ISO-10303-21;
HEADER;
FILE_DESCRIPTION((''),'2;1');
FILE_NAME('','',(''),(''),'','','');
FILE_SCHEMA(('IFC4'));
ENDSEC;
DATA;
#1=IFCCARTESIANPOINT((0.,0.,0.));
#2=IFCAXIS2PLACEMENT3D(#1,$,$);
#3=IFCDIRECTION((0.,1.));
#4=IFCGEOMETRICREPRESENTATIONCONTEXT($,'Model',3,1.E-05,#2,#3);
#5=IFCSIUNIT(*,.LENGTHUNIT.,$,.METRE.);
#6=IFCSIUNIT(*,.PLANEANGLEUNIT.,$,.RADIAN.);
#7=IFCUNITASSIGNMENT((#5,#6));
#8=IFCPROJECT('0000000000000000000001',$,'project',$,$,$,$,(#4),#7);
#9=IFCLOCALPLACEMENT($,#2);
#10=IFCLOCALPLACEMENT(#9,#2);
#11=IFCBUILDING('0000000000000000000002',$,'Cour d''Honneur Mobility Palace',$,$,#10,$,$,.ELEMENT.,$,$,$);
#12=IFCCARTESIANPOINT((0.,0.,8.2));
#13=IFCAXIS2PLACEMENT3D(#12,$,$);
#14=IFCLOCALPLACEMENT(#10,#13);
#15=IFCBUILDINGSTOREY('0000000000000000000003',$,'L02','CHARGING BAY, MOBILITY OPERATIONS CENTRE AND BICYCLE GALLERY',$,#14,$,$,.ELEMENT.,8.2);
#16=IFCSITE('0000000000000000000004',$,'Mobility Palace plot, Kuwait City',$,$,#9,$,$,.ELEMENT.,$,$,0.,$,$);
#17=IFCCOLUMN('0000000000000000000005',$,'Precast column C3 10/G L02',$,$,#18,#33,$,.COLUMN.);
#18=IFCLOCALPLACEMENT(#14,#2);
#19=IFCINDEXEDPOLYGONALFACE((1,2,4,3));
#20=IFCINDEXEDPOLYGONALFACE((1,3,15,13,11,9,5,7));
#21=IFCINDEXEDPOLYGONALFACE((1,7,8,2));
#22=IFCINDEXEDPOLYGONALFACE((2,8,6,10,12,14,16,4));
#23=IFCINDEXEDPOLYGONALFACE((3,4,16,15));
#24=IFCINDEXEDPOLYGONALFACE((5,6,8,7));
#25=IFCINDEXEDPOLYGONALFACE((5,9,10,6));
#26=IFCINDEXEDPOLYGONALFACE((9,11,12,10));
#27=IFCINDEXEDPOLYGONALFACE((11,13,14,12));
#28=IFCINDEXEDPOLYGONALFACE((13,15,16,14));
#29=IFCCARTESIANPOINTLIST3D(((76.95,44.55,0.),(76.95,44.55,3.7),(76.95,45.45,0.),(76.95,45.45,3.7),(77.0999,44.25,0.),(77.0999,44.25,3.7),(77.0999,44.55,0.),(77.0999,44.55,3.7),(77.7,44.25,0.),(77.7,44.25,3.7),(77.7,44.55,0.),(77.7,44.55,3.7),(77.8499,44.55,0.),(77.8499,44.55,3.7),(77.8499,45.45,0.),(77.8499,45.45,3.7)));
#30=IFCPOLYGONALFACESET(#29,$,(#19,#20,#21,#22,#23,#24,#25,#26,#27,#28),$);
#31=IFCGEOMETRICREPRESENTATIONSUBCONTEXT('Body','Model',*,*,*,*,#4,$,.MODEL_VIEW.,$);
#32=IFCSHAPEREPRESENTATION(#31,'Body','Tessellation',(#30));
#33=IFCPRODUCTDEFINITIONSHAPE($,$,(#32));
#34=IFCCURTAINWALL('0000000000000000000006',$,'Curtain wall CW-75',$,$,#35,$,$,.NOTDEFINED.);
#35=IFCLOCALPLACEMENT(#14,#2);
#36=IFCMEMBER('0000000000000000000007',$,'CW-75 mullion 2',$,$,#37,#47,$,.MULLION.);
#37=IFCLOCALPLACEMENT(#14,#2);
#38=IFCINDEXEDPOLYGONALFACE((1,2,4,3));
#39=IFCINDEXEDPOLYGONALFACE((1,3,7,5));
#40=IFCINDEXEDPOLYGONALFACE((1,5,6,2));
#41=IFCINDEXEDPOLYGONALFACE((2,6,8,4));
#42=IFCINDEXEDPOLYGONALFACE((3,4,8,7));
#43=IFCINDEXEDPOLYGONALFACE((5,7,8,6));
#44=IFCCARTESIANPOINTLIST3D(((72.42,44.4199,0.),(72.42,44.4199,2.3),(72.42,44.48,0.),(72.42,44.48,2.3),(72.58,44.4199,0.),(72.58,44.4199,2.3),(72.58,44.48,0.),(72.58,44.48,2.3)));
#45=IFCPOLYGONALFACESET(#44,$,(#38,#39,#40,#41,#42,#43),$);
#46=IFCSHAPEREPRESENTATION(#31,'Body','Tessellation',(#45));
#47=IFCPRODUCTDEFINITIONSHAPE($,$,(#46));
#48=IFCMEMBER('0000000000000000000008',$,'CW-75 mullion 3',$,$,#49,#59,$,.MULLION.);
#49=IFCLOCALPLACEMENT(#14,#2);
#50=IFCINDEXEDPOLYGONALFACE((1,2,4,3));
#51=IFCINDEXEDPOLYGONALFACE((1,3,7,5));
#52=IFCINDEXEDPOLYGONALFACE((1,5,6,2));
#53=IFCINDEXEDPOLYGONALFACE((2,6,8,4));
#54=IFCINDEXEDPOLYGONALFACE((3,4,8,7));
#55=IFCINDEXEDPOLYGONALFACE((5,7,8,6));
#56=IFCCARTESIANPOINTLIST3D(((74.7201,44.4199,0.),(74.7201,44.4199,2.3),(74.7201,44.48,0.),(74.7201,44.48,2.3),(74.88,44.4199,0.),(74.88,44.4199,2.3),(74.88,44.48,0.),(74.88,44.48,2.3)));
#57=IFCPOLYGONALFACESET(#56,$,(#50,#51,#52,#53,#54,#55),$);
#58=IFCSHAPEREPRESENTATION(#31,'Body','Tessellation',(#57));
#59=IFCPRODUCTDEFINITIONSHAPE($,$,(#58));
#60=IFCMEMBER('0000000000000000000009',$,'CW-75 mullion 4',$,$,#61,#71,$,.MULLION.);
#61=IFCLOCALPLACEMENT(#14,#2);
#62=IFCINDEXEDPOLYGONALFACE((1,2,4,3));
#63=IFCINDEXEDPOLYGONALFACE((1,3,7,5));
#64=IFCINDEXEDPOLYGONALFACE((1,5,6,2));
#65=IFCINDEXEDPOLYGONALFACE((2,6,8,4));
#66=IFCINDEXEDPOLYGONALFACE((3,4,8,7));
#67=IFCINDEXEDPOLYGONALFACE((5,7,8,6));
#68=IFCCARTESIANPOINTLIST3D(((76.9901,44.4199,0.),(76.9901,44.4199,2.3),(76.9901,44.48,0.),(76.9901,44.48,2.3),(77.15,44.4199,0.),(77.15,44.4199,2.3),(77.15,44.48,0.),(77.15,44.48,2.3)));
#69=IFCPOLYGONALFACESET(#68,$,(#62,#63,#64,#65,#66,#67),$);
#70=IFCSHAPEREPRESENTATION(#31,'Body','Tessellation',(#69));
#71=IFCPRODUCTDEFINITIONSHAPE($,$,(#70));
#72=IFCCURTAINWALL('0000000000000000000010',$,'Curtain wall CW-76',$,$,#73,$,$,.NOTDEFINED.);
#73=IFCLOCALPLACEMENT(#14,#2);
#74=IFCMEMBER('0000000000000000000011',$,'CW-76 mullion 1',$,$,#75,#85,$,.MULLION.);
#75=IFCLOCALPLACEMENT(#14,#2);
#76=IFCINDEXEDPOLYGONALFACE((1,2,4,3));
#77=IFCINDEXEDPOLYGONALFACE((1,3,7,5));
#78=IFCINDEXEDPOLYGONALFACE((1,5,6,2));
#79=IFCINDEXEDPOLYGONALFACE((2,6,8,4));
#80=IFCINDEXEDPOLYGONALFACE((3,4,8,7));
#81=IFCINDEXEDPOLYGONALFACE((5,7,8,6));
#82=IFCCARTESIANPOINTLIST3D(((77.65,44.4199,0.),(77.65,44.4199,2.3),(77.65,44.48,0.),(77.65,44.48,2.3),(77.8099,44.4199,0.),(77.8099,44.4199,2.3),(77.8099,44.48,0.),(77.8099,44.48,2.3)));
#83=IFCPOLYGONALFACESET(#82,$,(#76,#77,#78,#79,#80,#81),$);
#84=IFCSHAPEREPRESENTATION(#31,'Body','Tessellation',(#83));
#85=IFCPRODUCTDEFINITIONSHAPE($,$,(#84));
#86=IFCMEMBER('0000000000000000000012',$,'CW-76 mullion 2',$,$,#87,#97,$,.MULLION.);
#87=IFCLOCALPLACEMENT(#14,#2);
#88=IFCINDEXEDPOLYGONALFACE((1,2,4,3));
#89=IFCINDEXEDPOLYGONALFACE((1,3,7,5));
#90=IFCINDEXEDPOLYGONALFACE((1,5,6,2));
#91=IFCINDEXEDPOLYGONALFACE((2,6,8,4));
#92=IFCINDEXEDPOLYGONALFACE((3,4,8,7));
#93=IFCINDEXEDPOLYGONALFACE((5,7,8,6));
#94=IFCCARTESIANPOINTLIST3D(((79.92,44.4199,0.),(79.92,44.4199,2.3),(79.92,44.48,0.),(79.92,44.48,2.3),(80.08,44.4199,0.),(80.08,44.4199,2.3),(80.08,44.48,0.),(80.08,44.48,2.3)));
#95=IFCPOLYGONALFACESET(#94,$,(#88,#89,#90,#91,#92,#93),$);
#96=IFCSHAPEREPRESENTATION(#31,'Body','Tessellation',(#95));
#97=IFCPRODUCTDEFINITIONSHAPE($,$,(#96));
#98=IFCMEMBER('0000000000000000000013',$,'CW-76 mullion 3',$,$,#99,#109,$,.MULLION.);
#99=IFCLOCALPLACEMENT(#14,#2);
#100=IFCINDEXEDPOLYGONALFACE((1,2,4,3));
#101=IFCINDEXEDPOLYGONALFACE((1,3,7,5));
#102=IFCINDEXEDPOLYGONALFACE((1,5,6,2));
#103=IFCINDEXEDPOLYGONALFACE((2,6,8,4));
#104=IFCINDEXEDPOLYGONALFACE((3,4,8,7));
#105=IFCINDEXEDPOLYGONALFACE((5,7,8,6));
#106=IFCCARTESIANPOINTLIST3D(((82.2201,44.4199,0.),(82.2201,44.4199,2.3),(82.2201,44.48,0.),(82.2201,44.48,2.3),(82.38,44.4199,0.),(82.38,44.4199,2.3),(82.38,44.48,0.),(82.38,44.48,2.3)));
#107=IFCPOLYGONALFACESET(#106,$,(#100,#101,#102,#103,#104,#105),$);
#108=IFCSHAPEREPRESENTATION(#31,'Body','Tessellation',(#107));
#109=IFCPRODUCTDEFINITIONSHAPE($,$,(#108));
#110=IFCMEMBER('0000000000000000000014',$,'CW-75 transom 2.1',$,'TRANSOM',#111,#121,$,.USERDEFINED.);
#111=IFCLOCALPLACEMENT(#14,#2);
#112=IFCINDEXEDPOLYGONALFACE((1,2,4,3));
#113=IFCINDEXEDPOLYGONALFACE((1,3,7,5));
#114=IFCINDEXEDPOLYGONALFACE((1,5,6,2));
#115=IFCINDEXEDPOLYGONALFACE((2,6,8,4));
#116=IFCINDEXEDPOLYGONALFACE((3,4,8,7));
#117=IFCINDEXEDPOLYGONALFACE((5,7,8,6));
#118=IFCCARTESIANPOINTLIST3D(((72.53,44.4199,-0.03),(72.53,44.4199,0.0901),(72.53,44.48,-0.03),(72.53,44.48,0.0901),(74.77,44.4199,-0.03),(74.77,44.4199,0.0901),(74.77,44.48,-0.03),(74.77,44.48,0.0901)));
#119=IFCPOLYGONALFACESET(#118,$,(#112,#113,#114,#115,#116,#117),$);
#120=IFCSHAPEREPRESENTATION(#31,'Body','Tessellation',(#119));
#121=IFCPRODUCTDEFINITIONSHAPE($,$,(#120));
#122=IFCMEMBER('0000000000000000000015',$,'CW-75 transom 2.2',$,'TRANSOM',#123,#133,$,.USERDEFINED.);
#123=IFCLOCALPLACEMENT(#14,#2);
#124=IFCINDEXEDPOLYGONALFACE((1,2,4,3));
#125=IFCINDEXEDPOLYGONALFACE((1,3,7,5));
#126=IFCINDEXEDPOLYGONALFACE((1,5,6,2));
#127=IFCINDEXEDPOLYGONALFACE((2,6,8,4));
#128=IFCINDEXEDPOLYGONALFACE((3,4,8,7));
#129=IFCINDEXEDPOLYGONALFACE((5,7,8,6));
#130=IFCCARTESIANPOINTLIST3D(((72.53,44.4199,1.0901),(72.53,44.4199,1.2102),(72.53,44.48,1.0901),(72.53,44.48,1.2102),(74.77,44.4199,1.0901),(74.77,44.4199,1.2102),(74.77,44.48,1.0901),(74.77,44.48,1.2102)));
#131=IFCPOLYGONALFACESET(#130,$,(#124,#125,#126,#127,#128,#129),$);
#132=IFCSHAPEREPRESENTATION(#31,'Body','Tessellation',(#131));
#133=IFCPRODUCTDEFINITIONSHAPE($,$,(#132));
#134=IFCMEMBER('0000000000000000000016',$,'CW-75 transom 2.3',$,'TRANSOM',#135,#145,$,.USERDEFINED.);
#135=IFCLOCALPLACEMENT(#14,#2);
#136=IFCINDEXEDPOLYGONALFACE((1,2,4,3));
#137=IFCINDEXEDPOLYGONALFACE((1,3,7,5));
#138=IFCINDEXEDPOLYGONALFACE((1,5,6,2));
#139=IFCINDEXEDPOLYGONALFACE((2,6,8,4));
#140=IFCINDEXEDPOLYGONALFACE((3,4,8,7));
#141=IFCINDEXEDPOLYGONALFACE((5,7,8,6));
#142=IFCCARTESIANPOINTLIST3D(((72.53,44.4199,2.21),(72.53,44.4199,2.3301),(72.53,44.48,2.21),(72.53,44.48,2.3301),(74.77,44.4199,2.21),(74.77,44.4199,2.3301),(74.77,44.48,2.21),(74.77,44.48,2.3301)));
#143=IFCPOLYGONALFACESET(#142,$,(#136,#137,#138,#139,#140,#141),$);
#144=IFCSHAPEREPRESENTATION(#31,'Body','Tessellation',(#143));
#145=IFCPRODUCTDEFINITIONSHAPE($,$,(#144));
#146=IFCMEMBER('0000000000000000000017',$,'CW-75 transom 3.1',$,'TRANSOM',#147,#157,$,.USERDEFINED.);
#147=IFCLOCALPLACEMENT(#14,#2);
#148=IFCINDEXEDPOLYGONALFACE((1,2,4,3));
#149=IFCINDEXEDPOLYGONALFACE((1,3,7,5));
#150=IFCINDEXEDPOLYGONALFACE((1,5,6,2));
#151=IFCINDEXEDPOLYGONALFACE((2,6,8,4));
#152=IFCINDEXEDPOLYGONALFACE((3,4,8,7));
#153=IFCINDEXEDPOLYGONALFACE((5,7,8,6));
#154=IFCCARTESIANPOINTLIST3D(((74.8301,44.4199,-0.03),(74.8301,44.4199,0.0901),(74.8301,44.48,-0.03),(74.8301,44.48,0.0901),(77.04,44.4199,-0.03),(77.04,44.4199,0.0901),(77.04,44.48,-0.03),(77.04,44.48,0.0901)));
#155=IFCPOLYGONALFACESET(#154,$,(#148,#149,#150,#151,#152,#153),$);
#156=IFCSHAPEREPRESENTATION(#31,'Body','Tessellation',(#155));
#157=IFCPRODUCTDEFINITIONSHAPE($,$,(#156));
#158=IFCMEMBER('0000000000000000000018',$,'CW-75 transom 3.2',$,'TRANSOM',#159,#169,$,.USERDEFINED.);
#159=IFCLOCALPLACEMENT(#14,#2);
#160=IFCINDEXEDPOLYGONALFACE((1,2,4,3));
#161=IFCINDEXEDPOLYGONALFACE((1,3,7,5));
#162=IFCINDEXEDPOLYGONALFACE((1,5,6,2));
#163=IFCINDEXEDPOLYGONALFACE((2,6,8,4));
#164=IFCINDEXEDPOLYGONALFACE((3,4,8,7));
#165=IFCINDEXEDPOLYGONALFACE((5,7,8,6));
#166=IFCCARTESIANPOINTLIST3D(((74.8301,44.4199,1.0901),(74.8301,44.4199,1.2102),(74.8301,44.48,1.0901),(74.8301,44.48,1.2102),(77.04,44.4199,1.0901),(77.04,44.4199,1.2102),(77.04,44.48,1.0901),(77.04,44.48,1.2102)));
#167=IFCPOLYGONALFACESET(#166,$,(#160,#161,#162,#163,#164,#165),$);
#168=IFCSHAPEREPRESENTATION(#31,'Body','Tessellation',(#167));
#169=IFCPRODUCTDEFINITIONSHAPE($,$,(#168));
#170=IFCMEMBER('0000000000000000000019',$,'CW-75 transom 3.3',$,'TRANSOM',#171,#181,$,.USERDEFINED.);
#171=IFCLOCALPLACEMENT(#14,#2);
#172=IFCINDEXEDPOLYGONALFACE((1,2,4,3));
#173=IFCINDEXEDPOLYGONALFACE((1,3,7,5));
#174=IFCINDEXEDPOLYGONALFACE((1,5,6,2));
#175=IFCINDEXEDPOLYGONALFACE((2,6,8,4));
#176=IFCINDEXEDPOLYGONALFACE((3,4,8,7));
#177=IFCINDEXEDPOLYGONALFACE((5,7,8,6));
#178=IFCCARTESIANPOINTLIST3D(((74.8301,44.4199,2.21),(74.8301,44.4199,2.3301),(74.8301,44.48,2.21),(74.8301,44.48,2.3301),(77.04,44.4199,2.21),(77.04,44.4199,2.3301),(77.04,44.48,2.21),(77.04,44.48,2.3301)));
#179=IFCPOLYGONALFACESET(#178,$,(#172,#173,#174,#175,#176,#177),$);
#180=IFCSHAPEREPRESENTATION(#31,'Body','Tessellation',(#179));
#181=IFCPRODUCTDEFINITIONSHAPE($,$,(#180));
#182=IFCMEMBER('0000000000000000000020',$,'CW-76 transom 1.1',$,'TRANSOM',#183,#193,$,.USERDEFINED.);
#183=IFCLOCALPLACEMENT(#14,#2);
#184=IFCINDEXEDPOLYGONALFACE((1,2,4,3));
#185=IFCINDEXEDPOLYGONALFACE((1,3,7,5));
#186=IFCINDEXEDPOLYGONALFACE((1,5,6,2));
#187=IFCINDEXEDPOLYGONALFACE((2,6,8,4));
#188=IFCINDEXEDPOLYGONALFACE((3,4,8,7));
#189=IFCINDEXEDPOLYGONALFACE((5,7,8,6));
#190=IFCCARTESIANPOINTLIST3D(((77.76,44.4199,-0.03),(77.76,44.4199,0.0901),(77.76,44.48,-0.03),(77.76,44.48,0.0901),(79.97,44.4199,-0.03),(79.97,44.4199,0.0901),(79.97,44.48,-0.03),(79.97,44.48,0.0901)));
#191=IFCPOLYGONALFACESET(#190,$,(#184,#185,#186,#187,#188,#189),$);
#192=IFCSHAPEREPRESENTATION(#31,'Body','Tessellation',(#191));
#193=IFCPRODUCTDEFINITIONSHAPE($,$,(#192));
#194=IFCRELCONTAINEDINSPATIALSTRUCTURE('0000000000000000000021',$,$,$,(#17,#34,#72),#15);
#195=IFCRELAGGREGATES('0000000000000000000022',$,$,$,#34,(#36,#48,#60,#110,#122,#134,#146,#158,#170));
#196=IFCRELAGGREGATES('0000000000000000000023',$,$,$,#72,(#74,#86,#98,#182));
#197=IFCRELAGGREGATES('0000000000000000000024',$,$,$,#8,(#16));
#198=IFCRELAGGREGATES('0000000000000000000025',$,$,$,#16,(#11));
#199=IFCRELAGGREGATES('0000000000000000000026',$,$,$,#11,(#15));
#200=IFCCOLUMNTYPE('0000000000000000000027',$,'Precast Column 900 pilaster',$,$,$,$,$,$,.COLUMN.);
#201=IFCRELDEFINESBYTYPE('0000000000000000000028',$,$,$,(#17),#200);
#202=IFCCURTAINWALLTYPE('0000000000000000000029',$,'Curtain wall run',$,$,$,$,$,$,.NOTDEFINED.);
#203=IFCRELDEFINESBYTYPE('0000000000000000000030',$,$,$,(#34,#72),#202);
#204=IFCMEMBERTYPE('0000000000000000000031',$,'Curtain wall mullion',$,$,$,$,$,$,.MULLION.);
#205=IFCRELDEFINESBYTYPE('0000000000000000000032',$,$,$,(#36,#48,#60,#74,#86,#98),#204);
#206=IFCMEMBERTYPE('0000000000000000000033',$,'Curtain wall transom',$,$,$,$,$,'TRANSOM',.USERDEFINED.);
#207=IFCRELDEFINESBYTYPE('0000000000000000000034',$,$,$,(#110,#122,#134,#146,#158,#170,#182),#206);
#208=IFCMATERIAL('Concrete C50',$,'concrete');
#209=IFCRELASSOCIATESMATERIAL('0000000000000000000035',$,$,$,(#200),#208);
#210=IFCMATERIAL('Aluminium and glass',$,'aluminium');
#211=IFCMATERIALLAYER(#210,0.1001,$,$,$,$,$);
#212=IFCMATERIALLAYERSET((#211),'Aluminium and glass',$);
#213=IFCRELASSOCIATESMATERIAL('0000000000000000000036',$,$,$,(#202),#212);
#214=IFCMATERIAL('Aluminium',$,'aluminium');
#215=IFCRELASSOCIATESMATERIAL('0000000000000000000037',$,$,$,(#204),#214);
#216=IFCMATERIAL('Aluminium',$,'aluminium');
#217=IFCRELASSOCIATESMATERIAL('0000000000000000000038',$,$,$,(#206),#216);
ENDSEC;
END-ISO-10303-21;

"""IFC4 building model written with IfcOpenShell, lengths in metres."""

from ifc_helpers import new_model, si_unit, direction, frame, origin, origin_2d, place, context, subcontext, project, spatial, polyline, rectangle, outline, extrude, material, layer, layer_set, material_profile, profile_set, type_object, element, aggregate, save


model = new_model("IFC4")

# Units and contexts
model_context = context("Model", 3, precision=1e-05, world=origin(), true_north=direction((0.0, 1.0)))
body_context = subcontext(model_context, "Body", "Model", "MODEL_VIEW")
ifc_project = project(units=[si_unit("LENGTHUNIT", "METRE"), si_unit("PLANEANGLEUNIT", "RADIAN")], contexts=[model_context])

# Site, building, storey
site_placement = place(None, origin())
site = spatial("IfcSite", under=ifc_project, at=site_placement, Name="Mobility Palace plot, Kuwait City", CompositionType="ELEMENT", RefElevation=0.0)
building_placement = place(site_placement, origin())
building = spatial("IfcBuilding", under=site, at=building_placement, Name="Cour d'Honneur Mobility Palace", CompositionType="ELEMENT")
storey_placement = place(building_placement, frame((0.0, 0.0, 8.2)))
storey = spatial("IfcBuildingStorey", under=building, at=storey_placement, Name="L02", Description="CHARGING BAY, MOBILITY OPERATIONS CENTRE AND BICYCLE GALLERY", CompositionType="ELEMENT", Elevation=8.2)

# Column
ifc_material_1 = material(Name="Concrete C50", Category="concrete")
ifc_material_profile_1 = material_profile(ifc_material_1, outline(polyline([(-0.45, -0.45), (0.45, -0.45), (0.45, -0.3), (0.75, -0.3), (0.75, 0.3), (0.45, 0.3), (0.45, 0.45), (-0.45, 0.45), (-0.45, -0.45)])), Name="PC C900 pilaster")
ifc_profile_set_1 = profile_set([ifc_material_profile_1], Name="Concrete C50")
column_type = type_object("IfcColumnType", Name="Precast Column 900 pilaster", PredefinedType="COLUMN", material=ifc_profile_set_1)
column_placement = place(storey_placement, frame((77.3999, 45.0, 0.0), z_axis=(0.0, 0.0, 1.0), x_axis=(0.0, -1.0, 0.0)))
element("IfcColumn", 1, at=column_placement, inside=storey, type_object=column_type, Name="Precast column C3 10/G L02", PredefinedType="COLUMN", context=body_context, shape_type="SweptSolid", body=[
    extrude(outline(polyline([(-0.45, -0.45), (0.45, -0.45), (0.45, -0.3), (0.75, -0.3), (0.75, 0.3), (0.45, 0.3), (0.45, 0.45), (-0.45, 0.45), (-0.45, -0.45)])), origin(), (0.0, 0.0, 1.0), 3.7),
])

# Curtain walls, members
ifc_material_2 = material(Name="Aluminium and glass", Category="aluminium")
ifc_layer_1 = layer(ifc_material_2, 0.1001)
ifc_layer_set_1 = layer_set([ifc_layer_1], Name="Aluminium and glass")
curtain_wall_type = type_object("IfcCurtainWallType", Name="Curtain wall run", PredefinedType="NOTDEFINED", material=ifc_layer_set_1)
curtain_wall_1_placement = place(storey_placement, origin())
curtain_wall_1 = element("IfcCurtainWall", 2, at=curtain_wall_1_placement, inside=storey, type_object=curtain_wall_type, Name="Curtain wall CW-75", PredefinedType="NOTDEFINED")
ifc_material_3 = material(Name="Aluminium", Category="aluminium")
ifc_material_profile_2 = material_profile(ifc_material_3, rectangle(XDim=0.0601, YDim=0.1599, at=origin_2d()), Name="Curtain wall mullion")
ifc_profile_set_2 = profile_set([ifc_material_profile_2], Name="Aluminium")
member_type_1 = type_object("IfcMemberType", Name="Curtain wall mullion", PredefinedType="MULLION", material=ifc_profile_set_2)
member_1_placement = place(storey_placement, frame((72.5, 44.45, 0.0), z_axis=(0.0, 0.0, 1.0), x_axis=(0.0, 1.0, 0.0)))
member_1 = element("IfcMember", 3, at=member_1_placement, type_object=member_type_1, Name="CW-75 mullion 2", PredefinedType="MULLION", context=body_context, shape_type="SweptSolid", body=[
    extrude(rectangle(XDim=0.0601, YDim=0.1599, at=origin_2d()), origin(), (0.0, 0.0, 1.0), 2.3),
])
member_2_placement = place(storey_placement, frame((74.8, 44.45, 0.0), z_axis=(0.0, 0.0, 1.0), x_axis=(0.0, 1.0, 0.0)))
member_2 = element("IfcMember", 4, at=member_2_placement, type_object=member_type_1, Name="CW-75 mullion 3", PredefinedType="MULLION", context=body_context, shape_type="SweptSolid", body=[
    extrude(rectangle(XDim=0.0601, YDim=0.1599, at=origin_2d()), origin(), (0.0, 0.0, 1.0), 2.3),
])
member_3_placement = place(storey_placement, frame((77.0701, 44.45, 0.0), z_axis=(0.0, 0.0, 1.0), x_axis=(0.0, 1.0, 0.0)))
member_3 = element("IfcMember", 5, at=member_3_placement, type_object=member_type_1, Name="CW-75 mullion 4", PredefinedType="MULLION", context=body_context, shape_type="SweptSolid", body=[
    extrude(rectangle(XDim=0.0601, YDim=0.1599, at=origin_2d()), origin(), (0.0, 0.0, 1.0), 2.3),
])
curtain_wall_2_placement = place(storey_placement, origin())
curtain_wall_2 = element("IfcCurtainWall", 6, at=curtain_wall_2_placement, inside=storey, type_object=curtain_wall_type, Name="Curtain wall CW-76", PredefinedType="NOTDEFINED")
member_4_placement = place(storey_placement, frame((77.73, 44.45, 0.0), z_axis=(0.0, 0.0, 1.0), x_axis=(0.0, 1.0, 0.0)))
member_4 = element("IfcMember", 7, at=member_4_placement, type_object=member_type_1, Name="CW-76 mullion 1", PredefinedType="MULLION", context=body_context, shape_type="SweptSolid", body=[
    extrude(rectangle(XDim=0.0601, YDim=0.1599, at=origin_2d()), origin(), (0.0, 0.0, 1.0), 2.3),
])
member_5_placement = place(storey_placement, frame((80.0, 44.45, 0.0), z_axis=(0.0, 0.0, 1.0), x_axis=(0.0, 1.0, 0.0)))
member_5 = element("IfcMember", 8, at=member_5_placement, type_object=member_type_1, Name="CW-76 mullion 2", PredefinedType="MULLION", context=body_context, shape_type="SweptSolid", body=[
    extrude(rectangle(XDim=0.0601, YDim=0.1599, at=origin_2d()), origin(), (0.0, 0.0, 1.0), 2.3),
])
member_6_placement = place(storey_placement, frame((82.3, 44.45, 0.0), z_axis=(0.0, 0.0, 1.0), x_axis=(0.0, 1.0, 0.0)))
member_6 = element("IfcMember", 9, at=member_6_placement, type_object=member_type_1, Name="CW-76 mullion 3", PredefinedType="MULLION", context=body_context, shape_type="SweptSolid", body=[
    extrude(rectangle(XDim=0.0601, YDim=0.1599, at=origin_2d()), origin(), (0.0, 0.0, 1.0), 2.3),
])

# Members
ifc_material_4 = material(Name="Aluminium", Category="aluminium")
ifc_material_profile_3 = material_profile(ifc_material_4, rectangle(XDim=0.0601, YDim=0.1201, at=origin_2d()), Name="Curtain wall transom")
ifc_profile_set_3 = profile_set([ifc_material_profile_3], Name="Aluminium")
member_type_2 = type_object("IfcMemberType", Name="Curtain wall transom", ElementType="TRANSOM", PredefinedType="USERDEFINED", material=ifc_profile_set_3)
member_7_placement = place(storey_placement, frame((72.53, 44.45, 0.03), z_axis=(1.0, 0.0, 0.0), x_axis=(0.0, 1.0, 0.0)))
member_7 = element("IfcMember", 10, at=member_7_placement, type_object=member_type_2, Name="CW-75 transom 2.1", ObjectType="TRANSOM", PredefinedType="USERDEFINED", context=body_context, shape_type="SweptSolid", body=[
    extrude(rectangle(XDim=0.0601, YDim=0.1201, at=origin_2d()), origin(), (0.0, 0.0, 1.0), 2.24),
])
member_8_placement = place(storey_placement, frame((72.53, 44.45, 1.1501), z_axis=(1.0, 0.0, 0.0), x_axis=(0.0, 1.0, 0.0)))
member_8 = element("IfcMember", 11, at=member_8_placement, type_object=member_type_2, Name="CW-75 transom 2.2", ObjectType="TRANSOM", PredefinedType="USERDEFINED", context=body_context, shape_type="SweptSolid", body=[
    extrude(rectangle(XDim=0.0601, YDim=0.1201, at=origin_2d()), origin(), (0.0, 0.0, 1.0), 2.24),
])
member_9_placement = place(storey_placement, frame((72.53, 44.45, 2.27), z_axis=(1.0, 0.0, 0.0), x_axis=(0.0, 1.0, 0.0)))
member_9 = element("IfcMember", 12, at=member_9_placement, type_object=member_type_2, Name="CW-75 transom 2.3", ObjectType="TRANSOM", PredefinedType="USERDEFINED", context=body_context, shape_type="SweptSolid", body=[
    extrude(rectangle(XDim=0.0601, YDim=0.1201, at=origin_2d()), origin(), (0.0, 0.0, 1.0), 2.24),
])
member_10_placement = place(storey_placement, frame((74.8301, 44.45, 0.03), z_axis=(1.0, 0.0, 0.0), x_axis=(0.0, 1.0, 0.0)))
member_10 = element("IfcMember", 13, at=member_10_placement, type_object=member_type_2, Name="CW-75 transom 3.1", ObjectType="TRANSOM", PredefinedType="USERDEFINED", context=body_context, shape_type="SweptSolid", body=[
    extrude(rectangle(XDim=0.0601, YDim=0.1201, at=origin_2d()), origin(), (0.0, 0.0, 1.0), 2.21),
])
member_11_placement = place(storey_placement, frame((74.8301, 44.45, 1.1501), z_axis=(1.0, 0.0, 0.0), x_axis=(0.0, 1.0, 0.0)))
member_11 = element("IfcMember", 14, at=member_11_placement, type_object=member_type_2, Name="CW-75 transom 3.2", ObjectType="TRANSOM", PredefinedType="USERDEFINED", context=body_context, shape_type="SweptSolid", body=[
    extrude(rectangle(XDim=0.0601, YDim=0.1201, at=origin_2d()), origin(), (0.0, 0.0, 1.0), 2.21),
])
member_12_placement = place(storey_placement, frame((74.8301, 44.45, 2.27), z_axis=(1.0, 0.0, 0.0), x_axis=(0.0, 1.0, 0.0)))
member_12 = element("IfcMember", 15, at=member_12_placement, type_object=member_type_2, Name="CW-75 transom 3.3", ObjectType="TRANSOM", PredefinedType="USERDEFINED", context=body_context, shape_type="SweptSolid", body=[
    extrude(rectangle(XDim=0.0601, YDim=0.1201, at=origin_2d()), origin(), (0.0, 0.0, 1.0), 2.21),
])
member_13_placement = place(storey_placement, frame((77.76, 44.45, 0.03), z_axis=(1.0, 0.0, 0.0), x_axis=(0.0, 1.0, 0.0)))
member_13 = element("IfcMember", 16, at=member_13_placement, type_object=member_type_2, Name="CW-76 transom 1.1", ObjectType="TRANSOM", PredefinedType="USERDEFINED", context=body_context, shape_type="SweptSolid", body=[
    extrude(rectangle(XDim=0.0601, YDim=0.1201, at=origin_2d()), origin(), (0.0, 0.0, 1.0), 2.21),
])

aggregate(curtain_wall_1, [member_1, member_2, member_3, member_7, member_8, member_9, member_10, member_11, member_12])
aggregate(curtain_wall_2, [member_4, member_5, member_6, member_13])

save(model, "model.ifc")
